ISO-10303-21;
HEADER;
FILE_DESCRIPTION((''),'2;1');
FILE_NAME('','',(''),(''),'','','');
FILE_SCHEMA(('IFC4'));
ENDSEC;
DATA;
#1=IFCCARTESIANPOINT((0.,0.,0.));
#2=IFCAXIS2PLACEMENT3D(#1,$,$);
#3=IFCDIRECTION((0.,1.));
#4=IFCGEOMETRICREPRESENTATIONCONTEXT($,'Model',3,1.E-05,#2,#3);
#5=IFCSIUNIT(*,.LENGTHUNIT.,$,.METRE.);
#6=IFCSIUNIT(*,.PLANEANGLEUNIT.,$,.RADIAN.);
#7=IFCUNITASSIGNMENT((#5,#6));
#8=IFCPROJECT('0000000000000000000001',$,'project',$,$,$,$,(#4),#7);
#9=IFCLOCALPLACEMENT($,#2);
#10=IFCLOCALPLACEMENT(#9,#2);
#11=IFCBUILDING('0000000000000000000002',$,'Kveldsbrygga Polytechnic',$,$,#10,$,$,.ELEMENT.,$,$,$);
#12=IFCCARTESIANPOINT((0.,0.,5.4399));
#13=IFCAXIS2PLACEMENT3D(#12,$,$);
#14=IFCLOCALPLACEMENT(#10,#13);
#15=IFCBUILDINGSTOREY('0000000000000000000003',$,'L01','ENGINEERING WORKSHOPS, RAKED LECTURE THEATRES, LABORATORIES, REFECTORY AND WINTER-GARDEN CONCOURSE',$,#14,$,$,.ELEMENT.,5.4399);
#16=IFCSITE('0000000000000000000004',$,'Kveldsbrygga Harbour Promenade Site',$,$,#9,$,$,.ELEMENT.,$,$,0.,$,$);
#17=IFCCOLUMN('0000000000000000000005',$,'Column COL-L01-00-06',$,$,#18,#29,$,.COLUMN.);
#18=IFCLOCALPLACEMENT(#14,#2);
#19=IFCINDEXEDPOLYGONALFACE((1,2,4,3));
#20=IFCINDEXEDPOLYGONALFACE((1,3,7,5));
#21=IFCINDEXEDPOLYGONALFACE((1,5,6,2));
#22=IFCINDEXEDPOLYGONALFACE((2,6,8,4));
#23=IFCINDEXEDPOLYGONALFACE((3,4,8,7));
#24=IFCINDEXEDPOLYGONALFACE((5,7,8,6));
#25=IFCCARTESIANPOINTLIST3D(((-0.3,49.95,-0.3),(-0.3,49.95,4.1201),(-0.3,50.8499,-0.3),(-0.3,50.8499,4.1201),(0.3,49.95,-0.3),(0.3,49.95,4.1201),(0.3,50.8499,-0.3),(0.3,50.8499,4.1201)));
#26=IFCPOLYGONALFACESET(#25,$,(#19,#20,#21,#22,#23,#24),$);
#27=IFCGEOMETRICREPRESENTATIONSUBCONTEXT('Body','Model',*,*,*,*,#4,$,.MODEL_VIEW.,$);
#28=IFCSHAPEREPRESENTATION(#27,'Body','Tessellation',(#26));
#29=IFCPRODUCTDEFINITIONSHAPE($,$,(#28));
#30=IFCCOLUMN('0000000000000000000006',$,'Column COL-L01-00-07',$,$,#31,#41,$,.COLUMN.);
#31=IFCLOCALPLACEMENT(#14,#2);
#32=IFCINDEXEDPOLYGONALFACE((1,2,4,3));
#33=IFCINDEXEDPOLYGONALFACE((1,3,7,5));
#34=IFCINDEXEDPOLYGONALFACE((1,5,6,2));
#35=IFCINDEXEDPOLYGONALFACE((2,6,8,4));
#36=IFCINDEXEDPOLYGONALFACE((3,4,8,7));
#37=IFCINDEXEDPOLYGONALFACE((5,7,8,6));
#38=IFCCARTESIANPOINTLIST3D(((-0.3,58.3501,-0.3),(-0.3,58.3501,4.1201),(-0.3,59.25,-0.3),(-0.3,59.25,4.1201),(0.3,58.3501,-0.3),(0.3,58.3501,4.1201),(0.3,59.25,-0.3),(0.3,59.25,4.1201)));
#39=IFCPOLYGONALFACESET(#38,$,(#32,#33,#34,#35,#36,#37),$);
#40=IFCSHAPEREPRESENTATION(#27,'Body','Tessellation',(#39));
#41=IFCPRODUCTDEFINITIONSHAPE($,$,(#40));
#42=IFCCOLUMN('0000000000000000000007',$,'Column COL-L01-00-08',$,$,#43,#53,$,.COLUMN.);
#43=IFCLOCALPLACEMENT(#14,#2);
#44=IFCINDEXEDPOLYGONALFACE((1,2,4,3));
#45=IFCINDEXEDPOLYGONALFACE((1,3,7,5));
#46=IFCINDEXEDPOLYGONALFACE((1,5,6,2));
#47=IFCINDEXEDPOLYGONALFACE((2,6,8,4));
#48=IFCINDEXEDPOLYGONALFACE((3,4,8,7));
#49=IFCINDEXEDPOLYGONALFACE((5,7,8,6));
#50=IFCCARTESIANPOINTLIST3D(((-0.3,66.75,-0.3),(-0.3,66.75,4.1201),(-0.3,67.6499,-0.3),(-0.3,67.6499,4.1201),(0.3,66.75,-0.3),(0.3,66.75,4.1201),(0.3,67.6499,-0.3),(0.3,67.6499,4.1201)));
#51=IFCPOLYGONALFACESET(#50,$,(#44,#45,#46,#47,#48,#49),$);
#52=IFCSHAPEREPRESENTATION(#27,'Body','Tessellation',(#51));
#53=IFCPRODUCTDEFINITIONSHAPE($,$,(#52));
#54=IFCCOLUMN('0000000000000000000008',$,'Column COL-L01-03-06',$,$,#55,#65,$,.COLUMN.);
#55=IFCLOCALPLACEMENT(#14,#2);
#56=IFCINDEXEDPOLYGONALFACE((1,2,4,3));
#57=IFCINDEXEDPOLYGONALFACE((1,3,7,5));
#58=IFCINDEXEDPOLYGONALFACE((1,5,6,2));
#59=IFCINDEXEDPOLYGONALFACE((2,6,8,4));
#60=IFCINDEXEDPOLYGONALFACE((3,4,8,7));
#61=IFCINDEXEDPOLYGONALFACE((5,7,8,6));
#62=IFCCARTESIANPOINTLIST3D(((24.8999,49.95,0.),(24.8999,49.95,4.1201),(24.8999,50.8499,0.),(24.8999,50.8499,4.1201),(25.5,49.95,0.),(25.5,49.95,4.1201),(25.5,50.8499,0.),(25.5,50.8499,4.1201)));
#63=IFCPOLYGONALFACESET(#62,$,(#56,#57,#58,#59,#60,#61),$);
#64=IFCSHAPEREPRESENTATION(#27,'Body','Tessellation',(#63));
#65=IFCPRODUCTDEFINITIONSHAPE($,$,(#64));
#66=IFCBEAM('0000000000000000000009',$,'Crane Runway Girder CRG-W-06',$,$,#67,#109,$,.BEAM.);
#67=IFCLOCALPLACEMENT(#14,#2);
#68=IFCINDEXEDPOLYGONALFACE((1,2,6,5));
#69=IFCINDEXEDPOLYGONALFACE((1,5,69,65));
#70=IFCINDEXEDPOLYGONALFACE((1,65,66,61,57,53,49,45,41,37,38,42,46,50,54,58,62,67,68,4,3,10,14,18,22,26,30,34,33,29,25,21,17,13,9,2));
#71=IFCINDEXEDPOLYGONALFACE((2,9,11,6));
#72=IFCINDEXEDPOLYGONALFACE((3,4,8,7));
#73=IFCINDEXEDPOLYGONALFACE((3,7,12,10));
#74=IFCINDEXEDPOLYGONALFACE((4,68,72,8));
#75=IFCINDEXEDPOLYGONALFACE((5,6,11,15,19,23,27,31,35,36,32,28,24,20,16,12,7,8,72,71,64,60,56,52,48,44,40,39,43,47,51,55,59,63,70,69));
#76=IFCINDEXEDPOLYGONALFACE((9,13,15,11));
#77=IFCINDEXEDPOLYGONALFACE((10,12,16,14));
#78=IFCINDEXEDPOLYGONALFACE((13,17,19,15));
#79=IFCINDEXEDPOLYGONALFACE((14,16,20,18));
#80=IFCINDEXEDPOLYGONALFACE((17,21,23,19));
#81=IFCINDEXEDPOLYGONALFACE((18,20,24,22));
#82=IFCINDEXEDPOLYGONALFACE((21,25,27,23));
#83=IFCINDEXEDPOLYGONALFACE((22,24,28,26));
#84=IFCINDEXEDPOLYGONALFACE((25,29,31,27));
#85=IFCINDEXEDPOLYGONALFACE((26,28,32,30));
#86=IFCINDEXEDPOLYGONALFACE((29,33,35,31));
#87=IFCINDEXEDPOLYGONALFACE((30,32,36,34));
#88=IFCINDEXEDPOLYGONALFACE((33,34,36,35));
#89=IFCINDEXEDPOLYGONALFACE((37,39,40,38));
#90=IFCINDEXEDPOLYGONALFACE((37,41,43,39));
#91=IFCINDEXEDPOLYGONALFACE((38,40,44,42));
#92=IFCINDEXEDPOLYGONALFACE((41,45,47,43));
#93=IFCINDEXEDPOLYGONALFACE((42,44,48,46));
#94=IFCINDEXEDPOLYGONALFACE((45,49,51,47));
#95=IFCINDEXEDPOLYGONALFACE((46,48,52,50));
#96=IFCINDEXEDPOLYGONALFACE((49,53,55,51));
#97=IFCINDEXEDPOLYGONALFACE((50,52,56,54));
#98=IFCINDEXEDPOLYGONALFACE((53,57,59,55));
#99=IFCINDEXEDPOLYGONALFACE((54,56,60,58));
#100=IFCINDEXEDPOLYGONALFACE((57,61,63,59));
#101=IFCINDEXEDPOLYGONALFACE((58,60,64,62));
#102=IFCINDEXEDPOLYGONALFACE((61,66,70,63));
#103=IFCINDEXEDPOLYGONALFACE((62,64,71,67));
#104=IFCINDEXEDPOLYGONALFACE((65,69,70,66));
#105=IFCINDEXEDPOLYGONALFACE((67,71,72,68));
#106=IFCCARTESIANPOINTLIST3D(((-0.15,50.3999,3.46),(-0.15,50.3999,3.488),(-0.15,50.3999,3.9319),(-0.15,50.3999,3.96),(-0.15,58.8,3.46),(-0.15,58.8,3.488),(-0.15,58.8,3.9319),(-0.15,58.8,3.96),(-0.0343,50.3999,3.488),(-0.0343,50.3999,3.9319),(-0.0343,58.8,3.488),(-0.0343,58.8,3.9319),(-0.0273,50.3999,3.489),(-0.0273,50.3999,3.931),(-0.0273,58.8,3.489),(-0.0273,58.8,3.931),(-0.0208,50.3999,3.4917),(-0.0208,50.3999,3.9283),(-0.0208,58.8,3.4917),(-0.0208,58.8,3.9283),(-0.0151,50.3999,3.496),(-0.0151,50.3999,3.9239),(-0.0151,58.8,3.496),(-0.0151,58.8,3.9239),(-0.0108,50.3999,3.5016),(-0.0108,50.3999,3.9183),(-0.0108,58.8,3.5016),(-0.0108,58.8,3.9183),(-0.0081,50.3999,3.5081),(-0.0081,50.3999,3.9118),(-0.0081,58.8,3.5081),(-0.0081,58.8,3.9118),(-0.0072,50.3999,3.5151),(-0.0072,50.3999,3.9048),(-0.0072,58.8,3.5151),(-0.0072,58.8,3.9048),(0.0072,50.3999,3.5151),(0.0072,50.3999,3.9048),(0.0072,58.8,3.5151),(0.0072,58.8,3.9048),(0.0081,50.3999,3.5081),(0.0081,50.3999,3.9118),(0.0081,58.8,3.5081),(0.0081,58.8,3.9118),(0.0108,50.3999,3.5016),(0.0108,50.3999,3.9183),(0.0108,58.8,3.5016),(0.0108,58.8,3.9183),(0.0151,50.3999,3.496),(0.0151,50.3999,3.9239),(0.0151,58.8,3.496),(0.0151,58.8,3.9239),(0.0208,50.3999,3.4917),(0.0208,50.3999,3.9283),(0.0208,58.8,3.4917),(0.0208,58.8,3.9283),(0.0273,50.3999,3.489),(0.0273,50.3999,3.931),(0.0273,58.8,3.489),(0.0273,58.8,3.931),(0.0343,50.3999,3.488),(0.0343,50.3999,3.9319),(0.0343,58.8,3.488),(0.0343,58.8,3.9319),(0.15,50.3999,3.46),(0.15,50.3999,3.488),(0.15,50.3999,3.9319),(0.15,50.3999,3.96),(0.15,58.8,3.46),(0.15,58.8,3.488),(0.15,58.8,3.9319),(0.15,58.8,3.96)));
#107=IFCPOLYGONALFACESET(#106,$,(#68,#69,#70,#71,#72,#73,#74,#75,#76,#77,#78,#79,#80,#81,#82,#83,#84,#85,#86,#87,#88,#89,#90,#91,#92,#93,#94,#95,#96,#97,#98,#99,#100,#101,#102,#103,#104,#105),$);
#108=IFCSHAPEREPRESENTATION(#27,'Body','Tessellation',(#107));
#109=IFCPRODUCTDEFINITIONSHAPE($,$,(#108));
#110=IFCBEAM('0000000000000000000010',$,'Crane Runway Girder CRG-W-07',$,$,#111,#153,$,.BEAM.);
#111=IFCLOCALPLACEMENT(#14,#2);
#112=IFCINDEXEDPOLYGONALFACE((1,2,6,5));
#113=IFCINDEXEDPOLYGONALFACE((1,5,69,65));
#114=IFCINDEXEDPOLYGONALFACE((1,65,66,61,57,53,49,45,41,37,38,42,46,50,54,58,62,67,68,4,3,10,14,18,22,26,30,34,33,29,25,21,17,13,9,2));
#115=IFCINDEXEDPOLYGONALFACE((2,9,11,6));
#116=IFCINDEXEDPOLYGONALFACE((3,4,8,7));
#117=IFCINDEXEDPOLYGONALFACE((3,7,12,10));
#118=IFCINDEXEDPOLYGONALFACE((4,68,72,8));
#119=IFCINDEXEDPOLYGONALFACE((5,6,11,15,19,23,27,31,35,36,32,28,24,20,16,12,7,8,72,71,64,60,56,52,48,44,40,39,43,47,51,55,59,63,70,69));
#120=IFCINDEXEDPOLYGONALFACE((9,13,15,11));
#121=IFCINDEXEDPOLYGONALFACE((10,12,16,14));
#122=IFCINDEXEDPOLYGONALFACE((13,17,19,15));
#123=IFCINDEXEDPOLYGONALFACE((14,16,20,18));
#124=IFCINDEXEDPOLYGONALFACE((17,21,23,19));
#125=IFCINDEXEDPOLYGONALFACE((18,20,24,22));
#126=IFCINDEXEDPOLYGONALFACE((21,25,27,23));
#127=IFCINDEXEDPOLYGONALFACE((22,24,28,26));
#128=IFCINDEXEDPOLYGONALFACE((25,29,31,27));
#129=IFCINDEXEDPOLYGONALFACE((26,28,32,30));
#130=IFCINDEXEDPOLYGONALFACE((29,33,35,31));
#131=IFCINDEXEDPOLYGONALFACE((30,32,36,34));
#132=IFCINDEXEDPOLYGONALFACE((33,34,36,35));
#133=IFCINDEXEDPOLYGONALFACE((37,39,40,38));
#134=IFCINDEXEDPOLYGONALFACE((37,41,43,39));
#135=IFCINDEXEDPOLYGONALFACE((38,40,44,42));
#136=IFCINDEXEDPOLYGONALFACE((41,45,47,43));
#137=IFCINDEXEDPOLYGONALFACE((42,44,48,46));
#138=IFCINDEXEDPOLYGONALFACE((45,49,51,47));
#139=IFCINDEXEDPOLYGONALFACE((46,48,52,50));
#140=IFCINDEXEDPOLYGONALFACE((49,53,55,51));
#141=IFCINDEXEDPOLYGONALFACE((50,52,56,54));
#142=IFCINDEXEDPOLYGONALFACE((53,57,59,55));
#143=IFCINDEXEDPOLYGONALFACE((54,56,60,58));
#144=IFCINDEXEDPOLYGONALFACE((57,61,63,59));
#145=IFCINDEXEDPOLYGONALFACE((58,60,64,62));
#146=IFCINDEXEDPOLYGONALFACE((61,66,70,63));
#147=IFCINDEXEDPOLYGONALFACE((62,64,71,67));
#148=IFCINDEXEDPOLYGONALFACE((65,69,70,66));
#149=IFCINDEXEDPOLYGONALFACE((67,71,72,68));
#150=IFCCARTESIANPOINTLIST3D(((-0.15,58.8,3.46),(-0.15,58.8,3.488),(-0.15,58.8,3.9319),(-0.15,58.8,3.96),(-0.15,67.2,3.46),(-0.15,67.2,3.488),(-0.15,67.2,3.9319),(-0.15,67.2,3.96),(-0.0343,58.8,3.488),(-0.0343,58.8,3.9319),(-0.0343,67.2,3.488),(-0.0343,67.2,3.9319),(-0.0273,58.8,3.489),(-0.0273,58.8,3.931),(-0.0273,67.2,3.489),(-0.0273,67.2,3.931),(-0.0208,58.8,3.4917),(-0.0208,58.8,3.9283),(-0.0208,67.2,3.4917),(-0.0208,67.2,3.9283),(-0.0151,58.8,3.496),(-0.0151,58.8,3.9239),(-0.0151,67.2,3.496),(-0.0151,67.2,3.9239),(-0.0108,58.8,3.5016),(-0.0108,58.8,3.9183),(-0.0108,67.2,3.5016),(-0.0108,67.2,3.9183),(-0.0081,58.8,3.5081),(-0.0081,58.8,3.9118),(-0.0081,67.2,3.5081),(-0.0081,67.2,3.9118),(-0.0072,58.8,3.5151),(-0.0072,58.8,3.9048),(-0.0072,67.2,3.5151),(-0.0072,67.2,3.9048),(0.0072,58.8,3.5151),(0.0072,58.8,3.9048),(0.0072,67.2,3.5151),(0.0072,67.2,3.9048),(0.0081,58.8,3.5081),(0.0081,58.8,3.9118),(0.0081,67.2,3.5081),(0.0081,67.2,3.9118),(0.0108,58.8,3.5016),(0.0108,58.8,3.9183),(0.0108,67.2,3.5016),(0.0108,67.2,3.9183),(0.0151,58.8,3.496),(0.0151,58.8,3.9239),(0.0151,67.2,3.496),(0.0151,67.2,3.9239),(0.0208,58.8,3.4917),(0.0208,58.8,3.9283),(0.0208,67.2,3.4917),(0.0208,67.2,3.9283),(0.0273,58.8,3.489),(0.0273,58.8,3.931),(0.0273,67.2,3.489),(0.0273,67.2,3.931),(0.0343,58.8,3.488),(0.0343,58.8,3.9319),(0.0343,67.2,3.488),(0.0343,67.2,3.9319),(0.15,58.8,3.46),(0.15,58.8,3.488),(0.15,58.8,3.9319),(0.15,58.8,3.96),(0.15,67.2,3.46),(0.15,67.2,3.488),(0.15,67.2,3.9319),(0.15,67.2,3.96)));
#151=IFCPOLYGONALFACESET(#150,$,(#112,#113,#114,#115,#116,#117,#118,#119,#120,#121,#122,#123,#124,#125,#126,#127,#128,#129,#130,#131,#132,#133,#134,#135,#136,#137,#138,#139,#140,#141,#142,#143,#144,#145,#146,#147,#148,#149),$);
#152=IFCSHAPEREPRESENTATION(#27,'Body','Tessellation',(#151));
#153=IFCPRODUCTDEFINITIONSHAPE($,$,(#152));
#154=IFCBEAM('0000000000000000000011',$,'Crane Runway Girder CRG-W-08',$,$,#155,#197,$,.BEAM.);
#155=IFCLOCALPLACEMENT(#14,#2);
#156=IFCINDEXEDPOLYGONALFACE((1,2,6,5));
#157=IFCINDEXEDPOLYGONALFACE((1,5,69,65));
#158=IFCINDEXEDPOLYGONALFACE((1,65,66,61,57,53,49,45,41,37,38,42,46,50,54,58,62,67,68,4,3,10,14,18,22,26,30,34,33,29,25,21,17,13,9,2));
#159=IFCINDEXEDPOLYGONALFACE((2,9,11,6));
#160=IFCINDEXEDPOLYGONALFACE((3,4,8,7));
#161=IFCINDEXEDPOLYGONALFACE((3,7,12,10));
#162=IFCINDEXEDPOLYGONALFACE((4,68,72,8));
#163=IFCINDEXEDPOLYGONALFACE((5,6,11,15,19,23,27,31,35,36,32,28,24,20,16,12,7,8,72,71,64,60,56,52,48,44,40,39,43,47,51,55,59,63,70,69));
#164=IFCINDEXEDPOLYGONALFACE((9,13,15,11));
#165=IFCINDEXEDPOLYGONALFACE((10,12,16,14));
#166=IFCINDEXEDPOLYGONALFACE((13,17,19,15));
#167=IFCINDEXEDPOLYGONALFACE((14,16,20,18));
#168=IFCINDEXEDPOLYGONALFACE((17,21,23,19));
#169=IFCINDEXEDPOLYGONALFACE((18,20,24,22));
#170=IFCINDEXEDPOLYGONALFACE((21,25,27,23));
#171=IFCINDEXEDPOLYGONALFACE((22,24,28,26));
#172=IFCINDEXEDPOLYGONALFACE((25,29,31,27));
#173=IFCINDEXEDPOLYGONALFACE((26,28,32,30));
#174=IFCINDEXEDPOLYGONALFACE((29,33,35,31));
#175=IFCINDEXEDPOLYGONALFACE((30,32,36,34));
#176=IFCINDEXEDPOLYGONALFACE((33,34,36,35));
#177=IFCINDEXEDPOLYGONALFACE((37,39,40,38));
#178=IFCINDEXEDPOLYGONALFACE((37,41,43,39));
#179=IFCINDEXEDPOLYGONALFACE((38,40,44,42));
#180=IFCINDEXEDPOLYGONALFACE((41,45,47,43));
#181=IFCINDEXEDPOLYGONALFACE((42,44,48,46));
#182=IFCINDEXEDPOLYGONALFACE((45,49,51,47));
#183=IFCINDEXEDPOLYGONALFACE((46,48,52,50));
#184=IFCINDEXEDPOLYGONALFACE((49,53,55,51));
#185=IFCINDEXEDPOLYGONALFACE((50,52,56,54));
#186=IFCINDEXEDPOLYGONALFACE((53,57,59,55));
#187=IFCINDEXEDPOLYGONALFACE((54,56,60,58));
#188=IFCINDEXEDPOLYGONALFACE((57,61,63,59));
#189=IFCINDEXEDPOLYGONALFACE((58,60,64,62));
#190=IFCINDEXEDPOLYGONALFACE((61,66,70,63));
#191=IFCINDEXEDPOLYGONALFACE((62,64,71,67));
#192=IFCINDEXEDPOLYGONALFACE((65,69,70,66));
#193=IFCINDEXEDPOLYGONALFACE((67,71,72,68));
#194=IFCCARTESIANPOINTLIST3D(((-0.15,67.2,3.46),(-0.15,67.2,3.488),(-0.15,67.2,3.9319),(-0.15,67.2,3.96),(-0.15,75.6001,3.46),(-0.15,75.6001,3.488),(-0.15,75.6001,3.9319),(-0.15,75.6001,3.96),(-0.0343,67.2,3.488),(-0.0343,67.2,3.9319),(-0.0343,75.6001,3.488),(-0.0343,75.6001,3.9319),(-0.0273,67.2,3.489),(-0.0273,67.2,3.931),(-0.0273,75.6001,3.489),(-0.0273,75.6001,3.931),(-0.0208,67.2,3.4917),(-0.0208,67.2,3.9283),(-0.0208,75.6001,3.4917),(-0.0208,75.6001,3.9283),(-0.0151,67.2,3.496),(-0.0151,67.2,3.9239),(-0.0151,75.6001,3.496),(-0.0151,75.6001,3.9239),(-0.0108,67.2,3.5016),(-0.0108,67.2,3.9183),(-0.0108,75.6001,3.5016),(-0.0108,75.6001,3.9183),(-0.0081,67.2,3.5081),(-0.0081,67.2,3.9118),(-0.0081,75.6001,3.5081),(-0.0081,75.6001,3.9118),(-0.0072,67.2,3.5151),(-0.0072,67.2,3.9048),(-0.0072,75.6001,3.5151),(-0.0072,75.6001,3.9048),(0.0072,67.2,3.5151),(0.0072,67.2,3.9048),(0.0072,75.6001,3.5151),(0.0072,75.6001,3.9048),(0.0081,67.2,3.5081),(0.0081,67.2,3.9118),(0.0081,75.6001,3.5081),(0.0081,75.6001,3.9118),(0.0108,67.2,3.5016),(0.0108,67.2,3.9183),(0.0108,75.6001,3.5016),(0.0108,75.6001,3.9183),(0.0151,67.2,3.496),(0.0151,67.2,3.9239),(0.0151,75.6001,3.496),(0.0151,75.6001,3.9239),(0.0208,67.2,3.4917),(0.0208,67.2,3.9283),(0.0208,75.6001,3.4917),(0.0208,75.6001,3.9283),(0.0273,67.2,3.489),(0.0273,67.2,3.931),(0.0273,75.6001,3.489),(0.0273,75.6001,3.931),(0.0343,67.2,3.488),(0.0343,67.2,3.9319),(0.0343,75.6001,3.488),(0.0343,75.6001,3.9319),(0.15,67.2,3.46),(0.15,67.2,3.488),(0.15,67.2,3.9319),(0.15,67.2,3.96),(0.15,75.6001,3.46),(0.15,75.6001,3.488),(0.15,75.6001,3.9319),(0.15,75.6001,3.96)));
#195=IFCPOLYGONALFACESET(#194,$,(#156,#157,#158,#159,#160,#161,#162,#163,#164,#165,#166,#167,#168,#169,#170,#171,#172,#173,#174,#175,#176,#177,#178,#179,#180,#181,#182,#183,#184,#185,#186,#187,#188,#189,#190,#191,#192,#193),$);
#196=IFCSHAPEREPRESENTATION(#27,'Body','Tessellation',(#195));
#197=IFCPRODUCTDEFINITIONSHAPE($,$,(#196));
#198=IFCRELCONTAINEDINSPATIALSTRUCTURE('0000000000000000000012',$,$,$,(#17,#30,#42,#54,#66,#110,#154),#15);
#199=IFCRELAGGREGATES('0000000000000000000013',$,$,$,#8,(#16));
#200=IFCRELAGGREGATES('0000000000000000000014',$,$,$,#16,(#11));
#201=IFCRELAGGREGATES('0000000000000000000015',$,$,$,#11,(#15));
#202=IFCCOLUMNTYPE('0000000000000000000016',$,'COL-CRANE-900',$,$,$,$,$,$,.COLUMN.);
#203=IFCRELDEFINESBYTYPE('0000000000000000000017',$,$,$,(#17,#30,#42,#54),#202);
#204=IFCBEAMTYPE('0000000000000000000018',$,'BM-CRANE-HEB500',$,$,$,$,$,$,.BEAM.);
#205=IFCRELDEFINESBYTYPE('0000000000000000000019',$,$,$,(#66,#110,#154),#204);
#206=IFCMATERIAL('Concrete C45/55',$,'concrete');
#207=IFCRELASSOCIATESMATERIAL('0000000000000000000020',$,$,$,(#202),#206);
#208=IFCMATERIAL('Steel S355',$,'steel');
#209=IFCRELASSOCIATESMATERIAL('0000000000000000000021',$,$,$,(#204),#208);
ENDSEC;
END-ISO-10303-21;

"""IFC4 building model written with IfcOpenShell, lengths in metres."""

from ifc_helpers import new_model, si_unit, direction, frame, origin, origin_2d, place, context, subcontext, project, spatial, rectangle, i_section, extrude, material, material_profile, profile_set, type_object, element, save


model = new_model("IFC4")

# Units and contexts
model_context = context("Model", 3, precision=1e-05, world=origin(), true_north=direction((0.0, 1.0)))
body_context = subcontext(model_context, "Body", "Model", "MODEL_VIEW")
ifc_project = project(units=[si_unit("LENGTHUNIT", "METRE"), si_unit("PLANEANGLEUNIT", "RADIAN")], contexts=[model_context])

# Site, building, storey
site_placement = place(None, origin())
site = spatial("IfcSite", under=ifc_project, at=site_placement, Name="Kveldsbrygga Harbour Promenade Site", CompositionType="ELEMENT", RefElevation=0.0)
building_placement = place(site_placement, origin())
building = spatial("IfcBuilding", under=site, at=building_placement, Name="Kveldsbrygga Polytechnic", CompositionType="ELEMENT")
storey_placement = place(building_placement, frame((0.0, 0.0, 5.4399)))
storey = spatial("IfcBuildingStorey", under=building, at=storey_placement, Name="L01", Description="ENGINEERING WORKSHOPS, RAKED LECTURE THEATRES, LABORATORIES, REFECTORY AND WINTER-GARDEN CONCOURSE", CompositionType="ELEMENT", Elevation=5.4399)

# Columns
ifc_material_1 = material(Name="Concrete C45/55", Category="concrete")
ifc_material_profile_1 = material_profile(ifc_material_1, rectangle(XDim=0.6001, YDim=0.8999, at=origin_2d()), Name="RC 600x900")
ifc_profile_set_1 = profile_set([ifc_material_profile_1], Name="Concrete C45/55")
column_type = type_object("IfcColumnType", Name="COL-CRANE-900", PredefinedType="COLUMN", material=ifc_profile_set_1)
for number, where, z_axis, x_axis, name in (
    (1, (0.0, 50.3999, -0.3), (0.0, 0.0, 1.0), (1.0, 0.0, 0.0), "Column COL-L01-00-06"),
    (2, (0.0, 58.8, -0.3), (0.0, 0.0, 1.0), (1.0, 0.0, 0.0), "Column COL-L01-00-07"),
    (3, (0.0, 67.2, -0.3), (0.0, 0.0, 1.0), (1.0, 0.0, 0.0), "Column COL-L01-00-08"),
):
    element("IfcColumn", number, at=place(storey_placement, frame(where, z_axis=z_axis, x_axis=x_axis)), inside=storey, type_object=column_type, Name=name, PredefinedType="COLUMN", context=body_context, shape_type="SweptSolid", body=[
        extrude(rectangle(XDim=0.6001, YDim=0.8999, at=origin_2d()), origin(), (0.0, 0.0, 1.0), 4.4202),
    ])
column_placement = place(storey_placement, frame((25.2, 50.3999, 0.0), z_axis=(0.0, 0.0, 1.0), x_axis=(1.0, 0.0, 0.0)))
element("IfcColumn", 4, at=column_placement, inside=storey, type_object=column_type, Name="Column COL-L01-03-06", PredefinedType="COLUMN", context=body_context, shape_type="SweptSolid", body=[
    extrude(rectangle(XDim=0.6001, YDim=0.8999, at=origin_2d()), origin(), (0.0, 0.0, 1.0), 4.1201),
])

# Beams
ifc_material_2 = material(Name="Steel S355", Category="steel")
ifc_material_profile_2 = material_profile(ifc_material_2, i_section(OverallWidth=0.3, OverallDepth=0.5, WebThickness=0.0144, FlangeThickness=0.0281, FilletRadius=0.0271, at=origin_2d()), Name="HEB 500")
ifc_profile_set_2 = profile_set([ifc_material_profile_2], Name="Steel S355")
beam_type_1 = type_object("IfcBeamType", Name="BM-CRANE-HEB500", PredefinedType="BEAM", material=ifc_profile_set_2)
beam_1_placement = place(storey_placement, frame((0.0, 50.3999, 3.71), z_axis=(0.0, 1.0, 0.0), x_axis=(-1.0, 0.0, 0.0)))
element("IfcBeam", 5, at=beam_1_placement, inside=storey, type_object=beam_type_1, Name="Crane Runway Girder CRG-W-06", PredefinedType="BEAM", context=body_context, shape_type="SweptSolid", body=[
    extrude(i_section(OverallWidth=0.3, OverallDepth=0.5, WebThickness=0.0144, FlangeThickness=0.0281, FilletRadius=0.0271, at=origin_2d()), origin(), (0.0, 0.0, 1.0), 8.4001),
])
beam_2_placement = place(storey_placement, frame((0.0, 58.8, 3.71), z_axis=(0.0, 1.0, 0.0), x_axis=(-1.0, 0.0, 0.0)))
element("IfcBeam", 6, at=beam_2_placement, inside=storey, type_object=beam_type_1, Name="Crane Runway Girder CRG-W-07", PredefinedType="BEAM", context=body_context, shape_type="SweptSolid", body=[
    extrude(i_section(OverallWidth=0.3, OverallDepth=0.5, WebThickness=0.0144, FlangeThickness=0.0281, FilletRadius=0.0271, at=origin_2d()), origin(), (0.0, 0.0, 1.0), 8.3999),
])
beam_3_placement = place(storey_placement, frame((0.0, 67.2, 3.71), z_axis=(0.0, 1.0, 0.0), x_axis=(-1.0, 0.0, 0.0)))
element("IfcBeam", 7, at=beam_3_placement, inside=storey, type_object=beam_type_1, Name="Crane Runway Girder CRG-W-08", PredefinedType="BEAM", context=body_context, shape_type="SweptSolid", body=[
    extrude(i_section(OverallWidth=0.3, OverallDepth=0.5, WebThickness=0.0144, FlangeThickness=0.0281, FilletRadius=0.0271, at=origin_2d()), origin(), (0.0, 0.0, 1.0), 8.4001),
])

save(model, "model.ifc")
